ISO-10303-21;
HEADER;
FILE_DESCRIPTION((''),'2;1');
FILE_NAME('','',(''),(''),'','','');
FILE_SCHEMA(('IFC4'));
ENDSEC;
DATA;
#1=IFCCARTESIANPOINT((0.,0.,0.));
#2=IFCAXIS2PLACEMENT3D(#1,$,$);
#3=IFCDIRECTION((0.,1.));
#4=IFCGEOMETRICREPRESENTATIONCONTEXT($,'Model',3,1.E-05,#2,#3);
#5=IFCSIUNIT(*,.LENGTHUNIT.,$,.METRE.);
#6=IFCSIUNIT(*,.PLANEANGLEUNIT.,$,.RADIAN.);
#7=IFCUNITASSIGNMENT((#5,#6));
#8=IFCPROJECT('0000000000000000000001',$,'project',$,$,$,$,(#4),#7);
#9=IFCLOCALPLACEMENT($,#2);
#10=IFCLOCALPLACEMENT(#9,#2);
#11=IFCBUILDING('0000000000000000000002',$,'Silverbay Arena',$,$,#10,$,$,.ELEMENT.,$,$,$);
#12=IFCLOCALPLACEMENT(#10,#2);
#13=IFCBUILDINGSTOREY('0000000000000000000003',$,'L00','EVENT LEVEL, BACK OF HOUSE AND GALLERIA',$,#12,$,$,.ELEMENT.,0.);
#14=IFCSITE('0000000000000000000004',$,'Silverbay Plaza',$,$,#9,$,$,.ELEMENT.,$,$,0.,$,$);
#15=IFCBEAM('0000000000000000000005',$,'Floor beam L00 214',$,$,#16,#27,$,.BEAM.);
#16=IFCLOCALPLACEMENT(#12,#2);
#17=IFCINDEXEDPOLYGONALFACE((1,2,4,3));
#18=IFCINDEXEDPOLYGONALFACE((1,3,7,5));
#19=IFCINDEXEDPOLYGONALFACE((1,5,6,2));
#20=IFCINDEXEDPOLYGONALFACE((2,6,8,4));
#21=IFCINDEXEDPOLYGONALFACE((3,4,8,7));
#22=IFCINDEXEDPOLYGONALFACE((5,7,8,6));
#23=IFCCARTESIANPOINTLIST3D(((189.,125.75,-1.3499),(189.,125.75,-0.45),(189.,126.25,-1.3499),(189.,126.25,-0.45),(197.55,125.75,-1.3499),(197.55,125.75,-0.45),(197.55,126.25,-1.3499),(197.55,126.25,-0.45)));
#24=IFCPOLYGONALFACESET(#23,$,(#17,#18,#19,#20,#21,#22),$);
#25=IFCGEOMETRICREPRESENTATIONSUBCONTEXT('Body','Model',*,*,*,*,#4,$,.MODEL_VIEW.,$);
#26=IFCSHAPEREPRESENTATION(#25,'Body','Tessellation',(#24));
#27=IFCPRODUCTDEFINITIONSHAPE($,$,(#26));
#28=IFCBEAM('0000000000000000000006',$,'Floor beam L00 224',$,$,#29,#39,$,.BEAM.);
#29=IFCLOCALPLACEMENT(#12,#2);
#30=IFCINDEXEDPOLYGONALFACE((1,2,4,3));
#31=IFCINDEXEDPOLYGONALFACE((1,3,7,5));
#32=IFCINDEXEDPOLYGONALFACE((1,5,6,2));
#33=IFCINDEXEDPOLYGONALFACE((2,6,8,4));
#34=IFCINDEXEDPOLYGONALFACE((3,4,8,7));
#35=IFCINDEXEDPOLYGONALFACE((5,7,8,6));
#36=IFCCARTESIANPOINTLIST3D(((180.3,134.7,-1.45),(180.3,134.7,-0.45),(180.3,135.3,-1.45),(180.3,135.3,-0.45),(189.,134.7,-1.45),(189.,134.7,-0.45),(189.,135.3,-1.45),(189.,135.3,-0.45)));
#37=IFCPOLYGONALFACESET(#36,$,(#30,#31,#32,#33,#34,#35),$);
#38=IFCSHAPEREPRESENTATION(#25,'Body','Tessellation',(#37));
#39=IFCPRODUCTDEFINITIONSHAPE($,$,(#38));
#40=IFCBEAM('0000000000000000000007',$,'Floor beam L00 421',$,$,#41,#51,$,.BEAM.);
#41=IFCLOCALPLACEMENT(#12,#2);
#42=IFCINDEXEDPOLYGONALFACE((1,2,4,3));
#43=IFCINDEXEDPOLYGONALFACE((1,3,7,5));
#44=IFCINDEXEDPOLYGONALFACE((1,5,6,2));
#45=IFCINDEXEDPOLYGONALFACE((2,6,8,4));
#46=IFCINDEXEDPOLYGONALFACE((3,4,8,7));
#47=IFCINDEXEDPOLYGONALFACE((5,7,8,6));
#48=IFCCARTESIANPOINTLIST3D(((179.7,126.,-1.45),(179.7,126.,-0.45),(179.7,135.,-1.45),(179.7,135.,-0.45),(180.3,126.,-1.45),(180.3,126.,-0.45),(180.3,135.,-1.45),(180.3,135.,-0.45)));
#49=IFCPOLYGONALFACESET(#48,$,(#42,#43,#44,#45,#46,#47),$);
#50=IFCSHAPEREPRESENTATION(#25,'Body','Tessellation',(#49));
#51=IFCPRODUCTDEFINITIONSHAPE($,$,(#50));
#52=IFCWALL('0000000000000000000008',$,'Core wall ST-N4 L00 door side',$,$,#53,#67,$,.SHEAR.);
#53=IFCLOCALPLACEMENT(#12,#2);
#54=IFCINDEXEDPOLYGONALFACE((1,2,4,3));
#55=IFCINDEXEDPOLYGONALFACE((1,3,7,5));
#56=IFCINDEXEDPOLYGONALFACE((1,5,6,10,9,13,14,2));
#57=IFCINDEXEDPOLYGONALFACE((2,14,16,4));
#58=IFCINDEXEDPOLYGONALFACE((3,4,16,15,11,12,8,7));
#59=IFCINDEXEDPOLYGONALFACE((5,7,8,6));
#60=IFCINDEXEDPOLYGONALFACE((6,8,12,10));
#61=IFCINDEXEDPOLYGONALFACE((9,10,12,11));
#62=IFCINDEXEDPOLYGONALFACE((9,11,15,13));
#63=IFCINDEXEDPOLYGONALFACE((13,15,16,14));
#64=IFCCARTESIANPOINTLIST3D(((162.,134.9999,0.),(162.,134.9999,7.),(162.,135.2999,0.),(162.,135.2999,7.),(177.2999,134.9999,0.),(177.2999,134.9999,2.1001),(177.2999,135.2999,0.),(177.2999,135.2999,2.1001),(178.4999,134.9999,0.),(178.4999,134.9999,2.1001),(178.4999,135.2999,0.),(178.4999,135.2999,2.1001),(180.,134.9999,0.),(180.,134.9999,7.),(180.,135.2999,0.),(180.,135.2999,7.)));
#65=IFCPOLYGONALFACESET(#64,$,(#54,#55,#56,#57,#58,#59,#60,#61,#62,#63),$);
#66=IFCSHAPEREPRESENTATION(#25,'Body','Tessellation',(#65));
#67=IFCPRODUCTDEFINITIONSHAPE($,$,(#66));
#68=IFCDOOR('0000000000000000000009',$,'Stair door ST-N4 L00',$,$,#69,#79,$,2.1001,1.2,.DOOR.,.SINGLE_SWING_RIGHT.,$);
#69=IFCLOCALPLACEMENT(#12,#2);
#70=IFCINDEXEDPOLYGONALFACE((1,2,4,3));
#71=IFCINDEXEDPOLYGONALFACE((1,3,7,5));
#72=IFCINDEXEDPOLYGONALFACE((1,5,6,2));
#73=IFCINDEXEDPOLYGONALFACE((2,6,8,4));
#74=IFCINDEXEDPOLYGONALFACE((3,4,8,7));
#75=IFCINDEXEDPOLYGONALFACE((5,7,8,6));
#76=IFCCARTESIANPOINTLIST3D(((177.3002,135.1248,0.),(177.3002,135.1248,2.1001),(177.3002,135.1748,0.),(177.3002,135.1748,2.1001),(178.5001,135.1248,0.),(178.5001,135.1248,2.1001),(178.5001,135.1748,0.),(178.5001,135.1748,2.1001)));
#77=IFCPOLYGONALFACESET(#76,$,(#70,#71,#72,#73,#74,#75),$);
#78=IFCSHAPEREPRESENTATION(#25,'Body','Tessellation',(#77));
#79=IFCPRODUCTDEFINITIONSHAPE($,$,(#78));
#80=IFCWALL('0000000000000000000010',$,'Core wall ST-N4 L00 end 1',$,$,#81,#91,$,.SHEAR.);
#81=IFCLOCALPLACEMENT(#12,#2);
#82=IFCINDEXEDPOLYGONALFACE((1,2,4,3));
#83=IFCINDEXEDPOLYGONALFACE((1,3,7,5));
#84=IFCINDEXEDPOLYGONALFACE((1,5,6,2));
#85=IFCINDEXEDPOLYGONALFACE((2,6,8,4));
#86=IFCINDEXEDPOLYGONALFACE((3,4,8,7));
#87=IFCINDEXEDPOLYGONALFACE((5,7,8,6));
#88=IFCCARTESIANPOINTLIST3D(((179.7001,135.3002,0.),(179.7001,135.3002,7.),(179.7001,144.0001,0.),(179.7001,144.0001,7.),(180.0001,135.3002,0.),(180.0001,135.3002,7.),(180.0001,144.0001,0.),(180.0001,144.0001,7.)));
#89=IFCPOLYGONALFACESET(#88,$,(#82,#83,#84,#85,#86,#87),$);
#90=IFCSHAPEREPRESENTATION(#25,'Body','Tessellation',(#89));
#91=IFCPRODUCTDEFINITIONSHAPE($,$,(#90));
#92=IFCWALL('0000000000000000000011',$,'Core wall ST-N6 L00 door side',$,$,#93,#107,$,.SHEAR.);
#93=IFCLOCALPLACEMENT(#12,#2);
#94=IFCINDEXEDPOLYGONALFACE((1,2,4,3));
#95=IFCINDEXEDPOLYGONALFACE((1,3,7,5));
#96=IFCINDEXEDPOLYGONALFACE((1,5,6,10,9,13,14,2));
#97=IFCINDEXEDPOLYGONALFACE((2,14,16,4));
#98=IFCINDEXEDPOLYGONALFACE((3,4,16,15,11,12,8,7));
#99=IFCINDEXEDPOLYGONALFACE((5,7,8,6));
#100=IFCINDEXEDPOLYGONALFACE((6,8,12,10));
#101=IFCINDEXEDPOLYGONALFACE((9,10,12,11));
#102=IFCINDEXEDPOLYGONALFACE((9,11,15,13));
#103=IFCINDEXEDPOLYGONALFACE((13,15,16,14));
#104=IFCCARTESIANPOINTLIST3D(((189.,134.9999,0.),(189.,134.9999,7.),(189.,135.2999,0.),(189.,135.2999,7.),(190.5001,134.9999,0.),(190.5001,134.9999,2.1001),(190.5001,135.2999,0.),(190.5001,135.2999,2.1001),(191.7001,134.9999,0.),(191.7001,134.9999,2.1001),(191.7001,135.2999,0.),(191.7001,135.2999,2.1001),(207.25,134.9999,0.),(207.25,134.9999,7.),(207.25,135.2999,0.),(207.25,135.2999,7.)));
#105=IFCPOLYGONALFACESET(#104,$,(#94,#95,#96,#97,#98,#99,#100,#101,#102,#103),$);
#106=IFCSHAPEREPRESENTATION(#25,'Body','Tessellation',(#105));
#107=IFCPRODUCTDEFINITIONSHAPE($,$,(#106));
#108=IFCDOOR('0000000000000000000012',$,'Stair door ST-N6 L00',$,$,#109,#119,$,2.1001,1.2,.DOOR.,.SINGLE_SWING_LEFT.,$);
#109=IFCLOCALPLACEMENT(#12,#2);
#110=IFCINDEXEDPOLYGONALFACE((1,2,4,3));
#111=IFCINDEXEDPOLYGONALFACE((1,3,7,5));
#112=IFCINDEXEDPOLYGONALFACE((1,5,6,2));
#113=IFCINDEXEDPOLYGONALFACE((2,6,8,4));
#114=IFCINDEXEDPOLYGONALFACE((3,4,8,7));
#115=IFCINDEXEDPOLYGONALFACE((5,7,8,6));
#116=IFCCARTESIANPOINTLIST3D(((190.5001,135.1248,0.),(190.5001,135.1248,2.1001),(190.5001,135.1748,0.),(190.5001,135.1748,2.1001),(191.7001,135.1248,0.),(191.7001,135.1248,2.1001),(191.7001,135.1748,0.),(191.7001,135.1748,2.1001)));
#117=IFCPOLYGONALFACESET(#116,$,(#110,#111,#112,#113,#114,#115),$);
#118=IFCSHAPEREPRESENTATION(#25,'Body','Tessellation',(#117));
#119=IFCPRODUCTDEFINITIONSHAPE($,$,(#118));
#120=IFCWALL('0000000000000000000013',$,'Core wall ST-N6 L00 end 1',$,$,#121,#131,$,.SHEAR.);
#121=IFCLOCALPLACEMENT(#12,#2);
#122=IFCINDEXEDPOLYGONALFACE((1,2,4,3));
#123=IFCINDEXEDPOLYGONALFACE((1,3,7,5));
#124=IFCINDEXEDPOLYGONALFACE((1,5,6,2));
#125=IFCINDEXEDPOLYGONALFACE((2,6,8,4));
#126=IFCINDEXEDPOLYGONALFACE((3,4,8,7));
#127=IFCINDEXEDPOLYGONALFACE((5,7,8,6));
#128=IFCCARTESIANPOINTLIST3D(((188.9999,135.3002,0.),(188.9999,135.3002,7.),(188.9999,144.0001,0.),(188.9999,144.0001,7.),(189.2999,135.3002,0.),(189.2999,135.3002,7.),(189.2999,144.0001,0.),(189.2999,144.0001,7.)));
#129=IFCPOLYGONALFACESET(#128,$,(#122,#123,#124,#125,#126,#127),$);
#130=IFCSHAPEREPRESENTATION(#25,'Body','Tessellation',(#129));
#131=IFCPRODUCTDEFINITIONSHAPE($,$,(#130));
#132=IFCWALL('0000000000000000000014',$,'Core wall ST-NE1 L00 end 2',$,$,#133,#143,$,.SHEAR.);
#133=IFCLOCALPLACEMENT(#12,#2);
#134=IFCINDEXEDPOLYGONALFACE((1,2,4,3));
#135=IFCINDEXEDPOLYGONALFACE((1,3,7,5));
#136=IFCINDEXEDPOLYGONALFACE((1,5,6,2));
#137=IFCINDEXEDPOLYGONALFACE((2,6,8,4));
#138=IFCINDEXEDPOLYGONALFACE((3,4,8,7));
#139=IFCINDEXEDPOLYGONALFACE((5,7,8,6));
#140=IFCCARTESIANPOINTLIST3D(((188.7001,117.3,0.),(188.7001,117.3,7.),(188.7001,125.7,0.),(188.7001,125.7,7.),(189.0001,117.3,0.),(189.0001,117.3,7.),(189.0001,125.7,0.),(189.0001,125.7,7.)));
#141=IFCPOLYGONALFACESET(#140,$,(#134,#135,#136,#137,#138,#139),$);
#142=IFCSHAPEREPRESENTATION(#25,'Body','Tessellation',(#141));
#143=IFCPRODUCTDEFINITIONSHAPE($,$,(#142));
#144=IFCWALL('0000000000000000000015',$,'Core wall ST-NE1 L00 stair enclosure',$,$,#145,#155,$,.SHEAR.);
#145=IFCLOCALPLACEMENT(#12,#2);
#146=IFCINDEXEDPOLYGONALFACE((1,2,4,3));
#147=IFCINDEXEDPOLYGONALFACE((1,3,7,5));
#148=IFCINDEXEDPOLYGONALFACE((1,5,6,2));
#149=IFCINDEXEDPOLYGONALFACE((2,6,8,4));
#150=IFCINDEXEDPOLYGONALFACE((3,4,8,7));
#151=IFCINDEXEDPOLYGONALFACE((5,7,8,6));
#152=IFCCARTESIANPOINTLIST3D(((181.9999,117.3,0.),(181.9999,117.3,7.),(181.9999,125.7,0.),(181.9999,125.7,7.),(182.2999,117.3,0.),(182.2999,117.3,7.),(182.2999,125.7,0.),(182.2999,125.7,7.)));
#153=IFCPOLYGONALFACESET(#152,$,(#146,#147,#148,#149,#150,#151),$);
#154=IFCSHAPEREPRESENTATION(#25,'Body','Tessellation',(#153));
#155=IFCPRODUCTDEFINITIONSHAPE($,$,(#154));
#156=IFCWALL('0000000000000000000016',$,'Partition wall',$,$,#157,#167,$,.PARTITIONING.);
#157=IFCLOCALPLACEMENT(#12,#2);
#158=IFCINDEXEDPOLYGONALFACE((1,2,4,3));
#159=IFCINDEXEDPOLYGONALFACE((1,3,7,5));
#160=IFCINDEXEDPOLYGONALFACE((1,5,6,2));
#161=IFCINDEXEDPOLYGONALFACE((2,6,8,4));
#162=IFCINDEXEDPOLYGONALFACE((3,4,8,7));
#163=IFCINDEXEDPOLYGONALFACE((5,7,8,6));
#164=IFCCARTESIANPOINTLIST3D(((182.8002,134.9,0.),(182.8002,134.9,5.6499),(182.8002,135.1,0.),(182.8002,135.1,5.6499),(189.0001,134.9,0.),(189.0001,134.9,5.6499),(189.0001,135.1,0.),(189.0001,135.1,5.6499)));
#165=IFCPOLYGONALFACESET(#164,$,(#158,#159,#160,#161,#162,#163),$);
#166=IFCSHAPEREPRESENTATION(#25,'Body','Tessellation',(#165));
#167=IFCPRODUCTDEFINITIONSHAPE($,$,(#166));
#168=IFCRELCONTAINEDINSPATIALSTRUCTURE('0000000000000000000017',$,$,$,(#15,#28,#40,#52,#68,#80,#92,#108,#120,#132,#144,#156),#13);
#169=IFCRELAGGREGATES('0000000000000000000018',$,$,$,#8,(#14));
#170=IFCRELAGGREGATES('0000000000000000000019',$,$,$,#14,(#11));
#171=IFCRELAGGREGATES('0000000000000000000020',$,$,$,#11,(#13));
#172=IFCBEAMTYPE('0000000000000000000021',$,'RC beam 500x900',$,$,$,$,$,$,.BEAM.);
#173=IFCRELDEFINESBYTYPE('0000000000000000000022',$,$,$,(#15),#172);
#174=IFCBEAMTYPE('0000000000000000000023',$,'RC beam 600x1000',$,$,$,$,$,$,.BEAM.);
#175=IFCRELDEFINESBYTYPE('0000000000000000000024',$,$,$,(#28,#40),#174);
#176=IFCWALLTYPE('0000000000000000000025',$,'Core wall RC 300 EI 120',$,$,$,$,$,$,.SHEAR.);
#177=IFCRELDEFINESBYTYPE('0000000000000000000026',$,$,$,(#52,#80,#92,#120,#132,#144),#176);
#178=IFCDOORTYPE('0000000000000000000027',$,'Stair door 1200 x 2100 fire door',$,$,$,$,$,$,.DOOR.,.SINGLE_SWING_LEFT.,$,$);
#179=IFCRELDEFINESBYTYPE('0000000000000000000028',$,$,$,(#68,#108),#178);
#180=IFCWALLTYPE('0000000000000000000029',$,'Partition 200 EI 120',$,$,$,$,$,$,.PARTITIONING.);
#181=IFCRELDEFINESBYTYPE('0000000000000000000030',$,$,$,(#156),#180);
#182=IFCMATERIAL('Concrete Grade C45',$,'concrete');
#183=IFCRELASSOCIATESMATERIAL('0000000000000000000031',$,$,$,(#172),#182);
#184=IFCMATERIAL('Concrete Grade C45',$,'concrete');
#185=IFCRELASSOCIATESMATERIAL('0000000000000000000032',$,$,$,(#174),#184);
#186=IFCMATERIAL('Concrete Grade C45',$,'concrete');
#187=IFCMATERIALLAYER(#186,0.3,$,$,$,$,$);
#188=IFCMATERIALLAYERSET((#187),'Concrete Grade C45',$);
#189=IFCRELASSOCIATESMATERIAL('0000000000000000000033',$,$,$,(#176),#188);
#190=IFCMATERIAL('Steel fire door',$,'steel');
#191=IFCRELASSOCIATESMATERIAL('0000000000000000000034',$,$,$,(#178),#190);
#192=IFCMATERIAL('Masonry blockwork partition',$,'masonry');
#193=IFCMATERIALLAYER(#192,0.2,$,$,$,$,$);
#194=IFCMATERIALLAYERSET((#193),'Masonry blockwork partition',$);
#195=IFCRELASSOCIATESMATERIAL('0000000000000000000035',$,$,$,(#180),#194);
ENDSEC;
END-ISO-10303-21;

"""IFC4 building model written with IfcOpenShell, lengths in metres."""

from ifc_helpers import new_model, si_unit, direction, frame, frame_2d, origin, origin_2d, place, context, subcontext, project, spatial, rectangle, extrude, material, layer, layer_set, material_profile, profile_set, type_object, element, fill, save


model = new_model("IFC4")

# Units and contexts
model_context = context("Model", 3, precision=1e-05, world=origin(), true_north=direction((0.0, 1.0)))
body_context = subcontext(model_context, "Body", "Model", "MODEL_VIEW")
ifc_project = project(units=[si_unit("LENGTHUNIT", "METRE"), si_unit("PLANEANGLEUNIT", "RADIAN")], contexts=[model_context])

# Site, building, storey
site_placement = place(None, origin())
site = spatial("IfcSite", under=ifc_project, at=site_placement, Name="Silverbay Plaza", CompositionType="ELEMENT", RefElevation=0.0)
building_placement = place(site_placement, origin())
building = spatial("IfcBuilding", under=site, at=building_placement, Name="Silverbay Arena", CompositionType="ELEMENT")
storey_placement = place(building_placement, origin())
storey = spatial("IfcBuildingStorey", under=building, at=storey_placement, Name="L00", Description="EVENT LEVEL, BACK OF HOUSE AND GALLERIA", CompositionType="ELEMENT", Elevation=0.0)

# Beams
ifc_material_1 = material(Name="Concrete Grade C45", Category="concrete")
ifc_material_profile_1 = material_profile(ifc_material_1, rectangle(XDim=0.5, YDim=0.8999, at=origin_2d()), Name="RC 500x900")
ifc_profile_set_1 = profile_set([ifc_material_profile_1], Name="Concrete Grade C45")
beam_type_1 = type_object("IfcBeamType", Name="RC beam 500x900", PredefinedType="BEAM", material=ifc_profile_set_1)
beam_1_placement = place(storey_placement, frame((189.0, 126.0, -0.8999), z_axis=(1.0, 0.0, 0.0), x_axis=(0.0, 1.0, 0.0)))
element("IfcBeam", 1, at=beam_1_placement, inside=storey, type_object=beam_type_1, Name="Floor beam L00 214", PredefinedType="BEAM", context=body_context, shape_type="SweptSolid", body=[
    extrude(rectangle(XDim=0.5, YDim=0.8999, at=origin_2d()), origin(), (0.0, 0.0, 1.0), 8.55),
])
ifc_material_2 = material(Name="Concrete Grade C45", Category="concrete")
ifc_material_profile_2 = material_profile(ifc_material_2, rectangle(XDim=0.6001, YDim=1.0, at=origin_2d()), Name="RC 600x1000")
ifc_profile_set_2 = profile_set([ifc_material_profile_2], Name="Concrete Grade C45")
beam_type_2 = type_object("IfcBeamType", Name="RC beam 600x1000", PredefinedType="BEAM", material=ifc_profile_set_2)
beam_2_placement = place(storey_placement, frame((180.3, 135.0, -0.95), z_axis=(1.0, 0.0, 0.0), x_axis=(0.0, 1.0, 0.0)))
element("IfcBeam", 2, at=beam_2_placement, inside=storey, type_object=beam_type_2, Name="Floor beam L00 224", PredefinedType="BEAM", context=body_context, shape_type="SweptSolid", body=[
    extrude(rectangle(XDim=0.6001, YDim=1.0, at=origin_2d()), origin(), (0.0, 0.0, 1.0), 8.7),
])
beam_3_placement = place(storey_placement, frame((180.0, 126.0, -0.95), z_axis=(0.0, 1.0, 0.0), x_axis=(-1.0, 0.0, 0.0)))
element("IfcBeam", 3, at=beam_3_placement, inside=storey, type_object=beam_type_2, Name="Floor beam L00 421", PredefinedType="BEAM", context=body_context, shape_type="SweptSolid", body=[
    extrude(rectangle(XDim=0.6001, YDim=1.0, at=origin_2d()), origin(), (0.0, 0.0, 1.0), 9.0),
])

# Wall, opening, door
ifc_material_3 = material(Name="Concrete Grade C45", Category="concrete")
ifc_layer_1 = layer(ifc_material_3, 0.3)
ifc_layer_set_1 = layer_set([ifc_layer_1], Name="Concrete Grade C45")
wall_type_1 = type_object("IfcWallType", Name="Core wall RC 300 EI 120", PredefinedType="SHEAR", material=ifc_layer_set_1)
wall_1_placement = place(storey_placement, frame((180.0, 135.1499, 0.0), z_axis=(0.0, 0.0, 1.0), x_axis=(-1.0, 0.0, 0.0)))
wall_1 = element("IfcWall", 4, at=wall_1_placement, inside=storey, type_object=wall_type_1, Name="Core wall ST-N4 L00 door side", PredefinedType="SHEAR", context=body_context, shape_type="SweptSolid", body=[
    extrude(rectangle(XDim=18.0, YDim=0.3, at=frame_2d((9.0, 0.0))), origin(), (0.0, 0.0, 1.0), 7.0),
])
opening_1_placement = place(wall_1_placement, frame((1.5, 0.0, 0.0)))
opening_1 = element("IfcOpeningElement", 5, at=opening_1_placement, cuts=wall_1, PredefinedType="OPENING", context=body_context, shape_type="SweptSolid", body=[
    extrude(rectangle(XDim=1.2, YDim=2.1001, at=frame_2d((0.6001, 1.05))), frame((0.0, 0.1602, 0.0), z_axis=(0.0, -1.0, 0.0), x_axis=(1.0, 0.0, 0.0)), (0.0, 0.0, 1.0), 0.3201),
])
ifc_material_4 = material(Name="Steel fire door", Category="steel")
door_type_1 = type_object("IfcDoorType", Name="Stair door 1200 x 2100 fire door", OperationType="SINGLE_SWING_LEFT", PredefinedType="DOOR", material=ifc_material_4)
door_1_placement = place(opening_1_placement, frame((1.2, 0.0, 0.0), z_axis=(0.0, 0.0, 1.0), x_axis=(-1.0, 0.0, 0.0)))
door_1 = element("IfcDoor", 6, at=door_1_placement, inside=storey, type_object=door_type_1, Name="Stair door ST-N4 L00", OperationType="SINGLE_SWING_RIGHT", OverallHeight=2.1001, OverallWidth=1.2, PredefinedType="DOOR", context=body_context, shape_type="SweptSolid", body=[
    extrude(rectangle(XDim=1.2, YDim=2.1001, at=frame_2d((0.6001, 1.05))), frame((0.0, 0.0249, 0.0), z_axis=(0.0, -1.0, 0.0), x_axis=(1.0, 0.0, 0.0)), (0.0, 0.0, 1.0), 0.05),
])
fill(opening_1, door_1)

# Wall
wall_2_placement = place(storey_placement, frame((179.8501, 135.3, 0.0), z_axis=(0.0, 0.0, 1.0), x_axis=(0.0, 1.0, 0.0)))
element("IfcWall", 7, at=wall_2_placement, inside=storey, type_object=wall_type_1, Name="Core wall ST-N4 L00 end 1", PredefinedType="SHEAR", context=body_context, shape_type="SweptSolid", body=[
    extrude(rectangle(XDim=8.7, YDim=0.3, at=frame_2d((4.3501, 0.0))), origin(), (0.0, 0.0, 1.0), 7.0),
])

# Wall, opening, door
wall_3_placement = place(storey_placement, frame((189.0, 135.1499, 0.0), z_axis=(0.0, 0.0, 1.0), x_axis=(1.0, 0.0, 0.0)))
wall_3 = element("IfcWall", 8, at=wall_3_placement, inside=storey, type_object=wall_type_1, Name="Core wall ST-N6 L00 door side", PredefinedType="SHEAR", context=body_context, shape_type="SweptSolid", body=[
    extrude(rectangle(XDim=18.25, YDim=0.3, at=frame_2d((9.125, 0.0))), origin(), (0.0, 0.0, 1.0), 7.0),
])
opening_2_placement = place(wall_3_placement, frame((1.5, 0.0, 0.0)))
opening_2 = element("IfcOpeningElement", 9, at=opening_2_placement, cuts=wall_3, PredefinedType="OPENING", context=body_context, shape_type="SweptSolid", body=[
    extrude(rectangle(XDim=1.2, YDim=2.1001, at=frame_2d((0.6001, 1.05))), frame((0.0, 0.1602, 0.0), z_axis=(0.0, -1.0, 0.0), x_axis=(1.0, 0.0, 0.0)), (0.0, 0.0, 1.0), 0.3201),
])
door_2_placement = place(opening_2_placement, origin())
door_2 = element("IfcDoor", 10, at=door_2_placement, inside=storey, type_object=door_type_1, Name="Stair door ST-N6 L00", OperationType="SINGLE_SWING_LEFT", OverallHeight=2.1001, OverallWidth=1.2, PredefinedType="DOOR", context=body_context, shape_type="SweptSolid", body=[
    extrude(rectangle(XDim=1.2, YDim=2.1001, at=frame_2d((0.6001, 1.05))), frame((0.0, 0.0249, 0.0), z_axis=(0.0, -1.0, 0.0), x_axis=(1.0, 0.0, 0.0)), (0.0, 0.0, 1.0), 0.05),
])
fill(opening_2, door_2)

# Walls
wall_4_placement = place(storey_placement, frame((189.1499, 135.3, 0.0), z_axis=(0.0, 0.0, 1.0), x_axis=(0.0, 1.0, 0.0)))
element("IfcWall", 11, at=wall_4_placement, inside=storey, type_object=wall_type_1, Name="Core wall ST-N6 L00 end 1", PredefinedType="SHEAR", context=body_context, shape_type="SweptSolid", body=[
    extrude(rectangle(XDim=8.7, YDim=0.3, at=frame_2d((4.3501, 0.0))), origin(), (0.0, 0.0, 1.0), 7.0),
])
for number, where, z_axis, x_axis, name in (
    (12, (188.8501, 117.3, 0.0), (0.0, 0.0, 1.0), (0.0, 1.0, 0.0), "Core wall ST-NE1 L00 end 2"),
    (13, (182.1499, 117.3, 0.0), (0.0, 0.0, 1.0), (0.0, 1.0, 0.0), "Core wall ST-NE1 L00 stair enclosure"),
):
    element("IfcWall", number, at=place(storey_placement, frame(where, z_axis=z_axis, x_axis=x_axis)), inside=storey, type_object=wall_type_1, Name=name, PredefinedType="SHEAR", context=body_context, shape_type="SweptSolid", body=[
        extrude(rectangle(XDim=8.3999, YDim=0.3, at=frame_2d((4.2, 0.0))), origin(), (0.0, 0.0, 1.0), 7.0),
    ])
ifc_material_5 = material(Name="Masonry blockwork partition", Category="masonry")
ifc_layer_2 = layer(ifc_material_5, 0.2)
ifc_layer_set_2 = layer_set([ifc_layer_2], Name="Masonry blockwork partition")
wall_type_2 = type_object("IfcWallType", Name="Partition 200 EI 120", PredefinedType="PARTITIONING", material=ifc_layer_set_2)
wall_5_placement = place(storey_placement, frame((182.8, 135.0, 0.0), z_axis=(0.0, 0.0, 1.0), x_axis=(1.0, 0.0, 0.0)))
element("IfcWall", 14, at=wall_5_placement, inside=storey, type_object=wall_type_2, Name="Partition wall", PredefinedType="PARTITIONING", context=body_context, shape_type="SweptSolid", body=[
    extrude(rectangle(XDim=6.2, YDim=0.2, at=frame_2d((3.1001, 0.0))), origin(), (0.0, 0.0, 1.0), 5.6499),
])

save(model, "model.ifc")
